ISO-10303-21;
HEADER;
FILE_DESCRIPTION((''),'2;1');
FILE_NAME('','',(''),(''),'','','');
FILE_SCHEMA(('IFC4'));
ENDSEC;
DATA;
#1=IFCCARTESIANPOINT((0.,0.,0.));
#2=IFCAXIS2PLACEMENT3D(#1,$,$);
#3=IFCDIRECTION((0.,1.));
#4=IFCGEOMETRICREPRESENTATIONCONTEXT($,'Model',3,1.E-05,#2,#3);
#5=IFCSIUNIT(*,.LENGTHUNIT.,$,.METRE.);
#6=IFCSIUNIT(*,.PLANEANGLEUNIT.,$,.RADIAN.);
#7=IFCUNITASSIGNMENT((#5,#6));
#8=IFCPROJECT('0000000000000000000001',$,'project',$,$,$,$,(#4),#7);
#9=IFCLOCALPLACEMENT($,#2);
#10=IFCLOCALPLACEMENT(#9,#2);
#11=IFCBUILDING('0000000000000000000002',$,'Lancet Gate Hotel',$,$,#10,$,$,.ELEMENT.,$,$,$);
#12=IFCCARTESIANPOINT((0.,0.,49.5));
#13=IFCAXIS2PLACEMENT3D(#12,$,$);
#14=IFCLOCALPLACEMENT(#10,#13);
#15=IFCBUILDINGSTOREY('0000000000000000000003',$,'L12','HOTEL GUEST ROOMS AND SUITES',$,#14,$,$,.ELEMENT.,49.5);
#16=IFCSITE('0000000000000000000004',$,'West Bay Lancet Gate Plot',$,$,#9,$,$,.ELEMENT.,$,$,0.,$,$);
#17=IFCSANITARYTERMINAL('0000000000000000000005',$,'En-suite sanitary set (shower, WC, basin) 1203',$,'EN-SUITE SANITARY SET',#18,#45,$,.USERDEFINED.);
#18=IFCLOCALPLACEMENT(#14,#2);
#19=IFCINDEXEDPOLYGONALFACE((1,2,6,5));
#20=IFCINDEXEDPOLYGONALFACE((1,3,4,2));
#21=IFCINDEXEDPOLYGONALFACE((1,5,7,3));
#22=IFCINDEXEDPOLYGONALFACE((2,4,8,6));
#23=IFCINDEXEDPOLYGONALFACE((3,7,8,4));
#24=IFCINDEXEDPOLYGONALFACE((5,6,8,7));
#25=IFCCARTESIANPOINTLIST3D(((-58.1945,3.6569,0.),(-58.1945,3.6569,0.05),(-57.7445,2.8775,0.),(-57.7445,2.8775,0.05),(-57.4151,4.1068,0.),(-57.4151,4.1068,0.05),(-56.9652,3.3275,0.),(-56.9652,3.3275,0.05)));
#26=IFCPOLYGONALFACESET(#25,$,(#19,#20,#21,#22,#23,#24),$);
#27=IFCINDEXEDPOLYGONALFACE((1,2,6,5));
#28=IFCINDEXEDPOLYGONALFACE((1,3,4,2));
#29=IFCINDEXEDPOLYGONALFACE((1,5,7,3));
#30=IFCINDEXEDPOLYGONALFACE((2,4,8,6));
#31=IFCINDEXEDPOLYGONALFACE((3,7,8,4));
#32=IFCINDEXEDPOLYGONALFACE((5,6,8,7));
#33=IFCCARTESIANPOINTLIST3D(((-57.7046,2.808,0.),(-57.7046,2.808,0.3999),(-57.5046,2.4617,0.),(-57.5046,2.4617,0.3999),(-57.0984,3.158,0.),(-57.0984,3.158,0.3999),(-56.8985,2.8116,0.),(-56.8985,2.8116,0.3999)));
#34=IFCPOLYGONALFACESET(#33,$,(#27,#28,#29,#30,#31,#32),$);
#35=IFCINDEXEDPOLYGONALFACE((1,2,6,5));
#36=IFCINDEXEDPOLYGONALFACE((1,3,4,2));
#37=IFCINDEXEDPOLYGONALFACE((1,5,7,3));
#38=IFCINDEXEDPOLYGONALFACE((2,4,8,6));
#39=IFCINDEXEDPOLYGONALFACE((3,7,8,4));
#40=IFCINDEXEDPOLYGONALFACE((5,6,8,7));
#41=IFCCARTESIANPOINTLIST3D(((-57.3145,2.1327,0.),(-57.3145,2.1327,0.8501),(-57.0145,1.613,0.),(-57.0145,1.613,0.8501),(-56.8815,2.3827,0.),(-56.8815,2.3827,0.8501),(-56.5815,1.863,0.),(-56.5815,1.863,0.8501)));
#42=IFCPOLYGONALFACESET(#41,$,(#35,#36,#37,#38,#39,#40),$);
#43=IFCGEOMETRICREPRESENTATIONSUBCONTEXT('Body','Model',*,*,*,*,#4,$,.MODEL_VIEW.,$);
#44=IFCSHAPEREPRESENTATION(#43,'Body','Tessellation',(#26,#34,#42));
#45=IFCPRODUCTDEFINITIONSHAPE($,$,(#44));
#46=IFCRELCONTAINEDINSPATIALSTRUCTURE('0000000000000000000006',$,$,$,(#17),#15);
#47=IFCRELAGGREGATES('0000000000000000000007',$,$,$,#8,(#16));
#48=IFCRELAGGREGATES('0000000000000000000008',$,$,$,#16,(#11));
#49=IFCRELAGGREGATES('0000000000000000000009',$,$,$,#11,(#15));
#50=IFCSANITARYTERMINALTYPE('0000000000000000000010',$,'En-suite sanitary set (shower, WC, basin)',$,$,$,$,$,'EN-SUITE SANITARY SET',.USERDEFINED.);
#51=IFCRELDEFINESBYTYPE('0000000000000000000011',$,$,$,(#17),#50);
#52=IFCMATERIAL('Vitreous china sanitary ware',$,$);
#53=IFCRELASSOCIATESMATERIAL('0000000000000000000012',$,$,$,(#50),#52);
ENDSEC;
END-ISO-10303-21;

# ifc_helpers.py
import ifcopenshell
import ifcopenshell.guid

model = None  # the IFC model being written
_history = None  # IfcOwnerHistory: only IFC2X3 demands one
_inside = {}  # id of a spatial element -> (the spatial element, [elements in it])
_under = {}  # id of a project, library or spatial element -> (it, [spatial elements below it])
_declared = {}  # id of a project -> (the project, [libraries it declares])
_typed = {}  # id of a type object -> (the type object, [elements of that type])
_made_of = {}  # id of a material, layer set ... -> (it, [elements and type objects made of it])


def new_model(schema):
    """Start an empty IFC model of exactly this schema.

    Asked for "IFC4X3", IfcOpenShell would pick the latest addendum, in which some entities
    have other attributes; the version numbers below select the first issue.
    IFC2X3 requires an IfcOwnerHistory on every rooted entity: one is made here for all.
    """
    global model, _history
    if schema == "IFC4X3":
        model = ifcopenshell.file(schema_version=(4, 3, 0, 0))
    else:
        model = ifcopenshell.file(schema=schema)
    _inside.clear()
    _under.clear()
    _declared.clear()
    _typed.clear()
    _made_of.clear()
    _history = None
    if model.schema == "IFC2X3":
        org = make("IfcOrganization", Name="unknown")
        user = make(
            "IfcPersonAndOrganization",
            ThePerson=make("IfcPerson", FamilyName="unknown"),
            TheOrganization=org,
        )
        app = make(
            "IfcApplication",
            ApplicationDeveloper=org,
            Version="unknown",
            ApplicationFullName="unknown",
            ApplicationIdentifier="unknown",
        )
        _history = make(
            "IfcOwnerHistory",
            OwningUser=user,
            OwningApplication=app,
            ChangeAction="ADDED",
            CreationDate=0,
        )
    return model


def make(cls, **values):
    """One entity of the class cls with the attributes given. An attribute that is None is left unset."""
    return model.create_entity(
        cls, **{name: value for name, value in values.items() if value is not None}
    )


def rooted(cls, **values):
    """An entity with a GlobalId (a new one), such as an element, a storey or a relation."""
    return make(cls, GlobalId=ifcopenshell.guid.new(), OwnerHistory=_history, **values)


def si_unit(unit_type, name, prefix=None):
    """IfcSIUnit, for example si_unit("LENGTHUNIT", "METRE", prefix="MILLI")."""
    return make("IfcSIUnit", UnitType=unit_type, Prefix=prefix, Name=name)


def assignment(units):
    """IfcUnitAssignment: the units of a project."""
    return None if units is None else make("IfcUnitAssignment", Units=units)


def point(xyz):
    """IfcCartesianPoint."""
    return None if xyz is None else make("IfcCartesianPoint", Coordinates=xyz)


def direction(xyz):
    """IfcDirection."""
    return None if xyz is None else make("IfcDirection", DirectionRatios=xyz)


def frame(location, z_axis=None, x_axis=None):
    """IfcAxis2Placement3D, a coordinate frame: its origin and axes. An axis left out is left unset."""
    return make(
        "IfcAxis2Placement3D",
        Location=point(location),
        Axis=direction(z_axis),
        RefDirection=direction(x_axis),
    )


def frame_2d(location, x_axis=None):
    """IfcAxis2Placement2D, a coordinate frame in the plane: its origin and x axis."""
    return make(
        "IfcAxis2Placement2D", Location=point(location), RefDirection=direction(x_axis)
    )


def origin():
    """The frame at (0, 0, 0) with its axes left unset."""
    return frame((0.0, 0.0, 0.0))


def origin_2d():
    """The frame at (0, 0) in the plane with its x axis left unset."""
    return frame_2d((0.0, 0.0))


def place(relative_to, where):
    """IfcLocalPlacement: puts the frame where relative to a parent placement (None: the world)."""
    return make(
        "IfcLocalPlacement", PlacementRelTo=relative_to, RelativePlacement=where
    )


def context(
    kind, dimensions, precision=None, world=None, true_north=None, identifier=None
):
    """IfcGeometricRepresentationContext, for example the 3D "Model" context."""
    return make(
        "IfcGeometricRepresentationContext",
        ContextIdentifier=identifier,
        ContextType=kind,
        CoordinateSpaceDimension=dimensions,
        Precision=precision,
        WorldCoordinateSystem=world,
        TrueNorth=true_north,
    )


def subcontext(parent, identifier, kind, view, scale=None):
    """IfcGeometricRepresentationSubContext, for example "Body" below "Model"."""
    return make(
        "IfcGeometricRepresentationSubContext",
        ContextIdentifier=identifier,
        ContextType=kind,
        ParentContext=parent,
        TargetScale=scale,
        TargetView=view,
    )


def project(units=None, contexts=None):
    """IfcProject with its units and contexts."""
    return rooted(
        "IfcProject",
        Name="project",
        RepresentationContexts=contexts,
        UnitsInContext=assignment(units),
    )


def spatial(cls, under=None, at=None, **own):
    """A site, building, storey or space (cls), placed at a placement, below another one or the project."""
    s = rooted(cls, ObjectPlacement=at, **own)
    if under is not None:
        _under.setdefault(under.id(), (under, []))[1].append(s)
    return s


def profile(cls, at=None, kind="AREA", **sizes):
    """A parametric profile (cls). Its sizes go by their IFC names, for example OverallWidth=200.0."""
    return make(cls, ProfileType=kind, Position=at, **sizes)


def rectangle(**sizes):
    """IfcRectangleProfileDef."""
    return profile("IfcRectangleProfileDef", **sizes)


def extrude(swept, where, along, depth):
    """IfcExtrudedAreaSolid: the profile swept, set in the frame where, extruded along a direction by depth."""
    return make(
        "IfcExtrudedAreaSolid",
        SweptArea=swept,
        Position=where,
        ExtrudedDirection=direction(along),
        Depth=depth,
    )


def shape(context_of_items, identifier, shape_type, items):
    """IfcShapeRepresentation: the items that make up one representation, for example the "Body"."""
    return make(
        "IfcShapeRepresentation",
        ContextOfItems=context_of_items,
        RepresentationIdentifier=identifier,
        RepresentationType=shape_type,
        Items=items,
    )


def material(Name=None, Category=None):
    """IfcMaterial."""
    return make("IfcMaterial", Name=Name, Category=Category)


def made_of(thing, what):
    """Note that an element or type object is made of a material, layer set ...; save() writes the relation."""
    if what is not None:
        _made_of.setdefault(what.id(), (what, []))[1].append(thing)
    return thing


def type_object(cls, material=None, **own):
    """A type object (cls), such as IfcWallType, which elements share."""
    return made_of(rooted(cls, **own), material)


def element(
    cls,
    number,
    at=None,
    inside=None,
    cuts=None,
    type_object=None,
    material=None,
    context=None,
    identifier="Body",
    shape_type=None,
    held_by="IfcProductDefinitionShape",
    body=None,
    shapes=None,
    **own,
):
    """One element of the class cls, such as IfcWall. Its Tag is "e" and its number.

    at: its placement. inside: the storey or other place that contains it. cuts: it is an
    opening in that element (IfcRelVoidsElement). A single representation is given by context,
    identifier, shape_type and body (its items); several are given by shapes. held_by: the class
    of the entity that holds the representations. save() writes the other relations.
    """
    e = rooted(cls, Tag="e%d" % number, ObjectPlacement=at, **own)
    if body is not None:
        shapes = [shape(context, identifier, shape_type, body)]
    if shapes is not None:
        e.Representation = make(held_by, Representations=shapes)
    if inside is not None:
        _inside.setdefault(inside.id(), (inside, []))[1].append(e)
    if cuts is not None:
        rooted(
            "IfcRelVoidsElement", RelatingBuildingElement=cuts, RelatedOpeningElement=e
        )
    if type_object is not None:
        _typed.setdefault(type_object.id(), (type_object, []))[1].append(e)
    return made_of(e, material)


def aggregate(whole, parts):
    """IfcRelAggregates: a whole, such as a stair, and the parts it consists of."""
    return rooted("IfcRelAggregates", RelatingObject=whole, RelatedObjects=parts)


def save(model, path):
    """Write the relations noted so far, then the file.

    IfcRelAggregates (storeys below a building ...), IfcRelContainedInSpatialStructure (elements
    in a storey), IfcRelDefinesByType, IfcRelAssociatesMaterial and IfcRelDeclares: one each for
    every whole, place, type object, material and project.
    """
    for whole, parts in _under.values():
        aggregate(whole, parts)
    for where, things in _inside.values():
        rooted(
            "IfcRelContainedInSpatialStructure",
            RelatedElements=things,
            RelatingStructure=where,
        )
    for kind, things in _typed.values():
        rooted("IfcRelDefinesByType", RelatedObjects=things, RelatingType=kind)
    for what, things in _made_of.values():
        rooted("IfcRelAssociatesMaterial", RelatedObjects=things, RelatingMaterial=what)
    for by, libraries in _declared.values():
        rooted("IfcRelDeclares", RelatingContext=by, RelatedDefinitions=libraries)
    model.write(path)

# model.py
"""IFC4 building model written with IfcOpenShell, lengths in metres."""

from ifc_helpers import new_model, si_unit, direction, frame, origin, origin_2d, place, context, subcontext, project, spatial, rectangle, extrude, material, type_object, element, save


model = new_model("IFC4")

# Units and contexts
model_context = context("Model", 3, precision=1e-05, world=origin(), true_north=direction((0.0, 1.0)))
body_context = subcontext(model_context, "Body", "Model", "MODEL_VIEW")
ifc_project = project(units=[si_unit("LENGTHUNIT", "METRE"), si_unit("PLANEANGLEUNIT", "RADIAN")], contexts=[model_context])

# Site, building, storey
site_placement = place(None, origin())
site = spatial("IfcSite", under=ifc_project, at=site_placement, Name="West Bay Lancet Gate Plot", CompositionType="ELEMENT", RefElevation=0.0)
building_placement = place(site_placement, origin())
building = spatial("IfcBuilding", under=site, at=building_placement, Name="Lancet Gate Hotel", CompositionType="ELEMENT")
storey_placement = place(building_placement, frame((0.0, 0.0, 49.5)))
storey = spatial("IfcBuildingStorey", under=building, at=storey_placement, Name="L12", Description="HOTEL GUEST ROOMS AND SUITES", CompositionType="ELEMENT", Elevation=49.5)

# Sanitary terminal
ifc_material_1 = material(Name="Vitreous china sanitary ware")
sanitary_terminal_type = type_object("IfcSanitaryTerminalType", Name="En-suite sanitary set (shower, WC, basin)", ElementType="EN-SUITE SANITARY SET", PredefinedType="USERDEFINED", material=ifc_material_1)
sanitary_terminal_placement = place(storey_placement, frame((-57.5798, 3.4922, 0.0), z_axis=(0.0, 0.0, 1.0), x_axis=(1.0, 0.0, 0.0)))
element("IfcSanitaryTerminal", 1, at=sanitary_terminal_placement, inside=storey, type_object=sanitary_terminal_type, Name="En-suite sanitary set (shower, WC, basin) 1203", ObjectType="EN-SUITE SANITARY SET", PredefinedType="USERDEFINED", context=body_context, shape_type="SweptSolid", body=[
    extrude(rectangle(XDim=0.8999, YDim=0.8999, at=origin_2d()), frame((0.0, 0.0, 0.0), z_axis=(0.0, 0.0, 1.0), x_axis=(-0.5, 0.866025, 0.0)), (0.0, 0.0, 1.0), 0.05),
    extrude(rectangle(XDim=0.3999, YDim=0.7, at=origin_2d()), frame((0.2783, -0.6824, 0.0), z_axis=(0.0, 0.0, 1.0), x_axis=(-0.5, 0.866025, 0.0)), (0.0, 0.0, 1.0), 0.3999),
    extrude(rectangle(XDim=0.6001, YDim=0.5, at=origin_2d()), frame((0.6318, -1.4944, 0.0), z_axis=(0.0, 0.0, 1.0), x_axis=(-0.5, 0.866025, 0.0)), (0.0, 0.0, 1.0), 0.8501),
])

save(model, "model.ifc")
